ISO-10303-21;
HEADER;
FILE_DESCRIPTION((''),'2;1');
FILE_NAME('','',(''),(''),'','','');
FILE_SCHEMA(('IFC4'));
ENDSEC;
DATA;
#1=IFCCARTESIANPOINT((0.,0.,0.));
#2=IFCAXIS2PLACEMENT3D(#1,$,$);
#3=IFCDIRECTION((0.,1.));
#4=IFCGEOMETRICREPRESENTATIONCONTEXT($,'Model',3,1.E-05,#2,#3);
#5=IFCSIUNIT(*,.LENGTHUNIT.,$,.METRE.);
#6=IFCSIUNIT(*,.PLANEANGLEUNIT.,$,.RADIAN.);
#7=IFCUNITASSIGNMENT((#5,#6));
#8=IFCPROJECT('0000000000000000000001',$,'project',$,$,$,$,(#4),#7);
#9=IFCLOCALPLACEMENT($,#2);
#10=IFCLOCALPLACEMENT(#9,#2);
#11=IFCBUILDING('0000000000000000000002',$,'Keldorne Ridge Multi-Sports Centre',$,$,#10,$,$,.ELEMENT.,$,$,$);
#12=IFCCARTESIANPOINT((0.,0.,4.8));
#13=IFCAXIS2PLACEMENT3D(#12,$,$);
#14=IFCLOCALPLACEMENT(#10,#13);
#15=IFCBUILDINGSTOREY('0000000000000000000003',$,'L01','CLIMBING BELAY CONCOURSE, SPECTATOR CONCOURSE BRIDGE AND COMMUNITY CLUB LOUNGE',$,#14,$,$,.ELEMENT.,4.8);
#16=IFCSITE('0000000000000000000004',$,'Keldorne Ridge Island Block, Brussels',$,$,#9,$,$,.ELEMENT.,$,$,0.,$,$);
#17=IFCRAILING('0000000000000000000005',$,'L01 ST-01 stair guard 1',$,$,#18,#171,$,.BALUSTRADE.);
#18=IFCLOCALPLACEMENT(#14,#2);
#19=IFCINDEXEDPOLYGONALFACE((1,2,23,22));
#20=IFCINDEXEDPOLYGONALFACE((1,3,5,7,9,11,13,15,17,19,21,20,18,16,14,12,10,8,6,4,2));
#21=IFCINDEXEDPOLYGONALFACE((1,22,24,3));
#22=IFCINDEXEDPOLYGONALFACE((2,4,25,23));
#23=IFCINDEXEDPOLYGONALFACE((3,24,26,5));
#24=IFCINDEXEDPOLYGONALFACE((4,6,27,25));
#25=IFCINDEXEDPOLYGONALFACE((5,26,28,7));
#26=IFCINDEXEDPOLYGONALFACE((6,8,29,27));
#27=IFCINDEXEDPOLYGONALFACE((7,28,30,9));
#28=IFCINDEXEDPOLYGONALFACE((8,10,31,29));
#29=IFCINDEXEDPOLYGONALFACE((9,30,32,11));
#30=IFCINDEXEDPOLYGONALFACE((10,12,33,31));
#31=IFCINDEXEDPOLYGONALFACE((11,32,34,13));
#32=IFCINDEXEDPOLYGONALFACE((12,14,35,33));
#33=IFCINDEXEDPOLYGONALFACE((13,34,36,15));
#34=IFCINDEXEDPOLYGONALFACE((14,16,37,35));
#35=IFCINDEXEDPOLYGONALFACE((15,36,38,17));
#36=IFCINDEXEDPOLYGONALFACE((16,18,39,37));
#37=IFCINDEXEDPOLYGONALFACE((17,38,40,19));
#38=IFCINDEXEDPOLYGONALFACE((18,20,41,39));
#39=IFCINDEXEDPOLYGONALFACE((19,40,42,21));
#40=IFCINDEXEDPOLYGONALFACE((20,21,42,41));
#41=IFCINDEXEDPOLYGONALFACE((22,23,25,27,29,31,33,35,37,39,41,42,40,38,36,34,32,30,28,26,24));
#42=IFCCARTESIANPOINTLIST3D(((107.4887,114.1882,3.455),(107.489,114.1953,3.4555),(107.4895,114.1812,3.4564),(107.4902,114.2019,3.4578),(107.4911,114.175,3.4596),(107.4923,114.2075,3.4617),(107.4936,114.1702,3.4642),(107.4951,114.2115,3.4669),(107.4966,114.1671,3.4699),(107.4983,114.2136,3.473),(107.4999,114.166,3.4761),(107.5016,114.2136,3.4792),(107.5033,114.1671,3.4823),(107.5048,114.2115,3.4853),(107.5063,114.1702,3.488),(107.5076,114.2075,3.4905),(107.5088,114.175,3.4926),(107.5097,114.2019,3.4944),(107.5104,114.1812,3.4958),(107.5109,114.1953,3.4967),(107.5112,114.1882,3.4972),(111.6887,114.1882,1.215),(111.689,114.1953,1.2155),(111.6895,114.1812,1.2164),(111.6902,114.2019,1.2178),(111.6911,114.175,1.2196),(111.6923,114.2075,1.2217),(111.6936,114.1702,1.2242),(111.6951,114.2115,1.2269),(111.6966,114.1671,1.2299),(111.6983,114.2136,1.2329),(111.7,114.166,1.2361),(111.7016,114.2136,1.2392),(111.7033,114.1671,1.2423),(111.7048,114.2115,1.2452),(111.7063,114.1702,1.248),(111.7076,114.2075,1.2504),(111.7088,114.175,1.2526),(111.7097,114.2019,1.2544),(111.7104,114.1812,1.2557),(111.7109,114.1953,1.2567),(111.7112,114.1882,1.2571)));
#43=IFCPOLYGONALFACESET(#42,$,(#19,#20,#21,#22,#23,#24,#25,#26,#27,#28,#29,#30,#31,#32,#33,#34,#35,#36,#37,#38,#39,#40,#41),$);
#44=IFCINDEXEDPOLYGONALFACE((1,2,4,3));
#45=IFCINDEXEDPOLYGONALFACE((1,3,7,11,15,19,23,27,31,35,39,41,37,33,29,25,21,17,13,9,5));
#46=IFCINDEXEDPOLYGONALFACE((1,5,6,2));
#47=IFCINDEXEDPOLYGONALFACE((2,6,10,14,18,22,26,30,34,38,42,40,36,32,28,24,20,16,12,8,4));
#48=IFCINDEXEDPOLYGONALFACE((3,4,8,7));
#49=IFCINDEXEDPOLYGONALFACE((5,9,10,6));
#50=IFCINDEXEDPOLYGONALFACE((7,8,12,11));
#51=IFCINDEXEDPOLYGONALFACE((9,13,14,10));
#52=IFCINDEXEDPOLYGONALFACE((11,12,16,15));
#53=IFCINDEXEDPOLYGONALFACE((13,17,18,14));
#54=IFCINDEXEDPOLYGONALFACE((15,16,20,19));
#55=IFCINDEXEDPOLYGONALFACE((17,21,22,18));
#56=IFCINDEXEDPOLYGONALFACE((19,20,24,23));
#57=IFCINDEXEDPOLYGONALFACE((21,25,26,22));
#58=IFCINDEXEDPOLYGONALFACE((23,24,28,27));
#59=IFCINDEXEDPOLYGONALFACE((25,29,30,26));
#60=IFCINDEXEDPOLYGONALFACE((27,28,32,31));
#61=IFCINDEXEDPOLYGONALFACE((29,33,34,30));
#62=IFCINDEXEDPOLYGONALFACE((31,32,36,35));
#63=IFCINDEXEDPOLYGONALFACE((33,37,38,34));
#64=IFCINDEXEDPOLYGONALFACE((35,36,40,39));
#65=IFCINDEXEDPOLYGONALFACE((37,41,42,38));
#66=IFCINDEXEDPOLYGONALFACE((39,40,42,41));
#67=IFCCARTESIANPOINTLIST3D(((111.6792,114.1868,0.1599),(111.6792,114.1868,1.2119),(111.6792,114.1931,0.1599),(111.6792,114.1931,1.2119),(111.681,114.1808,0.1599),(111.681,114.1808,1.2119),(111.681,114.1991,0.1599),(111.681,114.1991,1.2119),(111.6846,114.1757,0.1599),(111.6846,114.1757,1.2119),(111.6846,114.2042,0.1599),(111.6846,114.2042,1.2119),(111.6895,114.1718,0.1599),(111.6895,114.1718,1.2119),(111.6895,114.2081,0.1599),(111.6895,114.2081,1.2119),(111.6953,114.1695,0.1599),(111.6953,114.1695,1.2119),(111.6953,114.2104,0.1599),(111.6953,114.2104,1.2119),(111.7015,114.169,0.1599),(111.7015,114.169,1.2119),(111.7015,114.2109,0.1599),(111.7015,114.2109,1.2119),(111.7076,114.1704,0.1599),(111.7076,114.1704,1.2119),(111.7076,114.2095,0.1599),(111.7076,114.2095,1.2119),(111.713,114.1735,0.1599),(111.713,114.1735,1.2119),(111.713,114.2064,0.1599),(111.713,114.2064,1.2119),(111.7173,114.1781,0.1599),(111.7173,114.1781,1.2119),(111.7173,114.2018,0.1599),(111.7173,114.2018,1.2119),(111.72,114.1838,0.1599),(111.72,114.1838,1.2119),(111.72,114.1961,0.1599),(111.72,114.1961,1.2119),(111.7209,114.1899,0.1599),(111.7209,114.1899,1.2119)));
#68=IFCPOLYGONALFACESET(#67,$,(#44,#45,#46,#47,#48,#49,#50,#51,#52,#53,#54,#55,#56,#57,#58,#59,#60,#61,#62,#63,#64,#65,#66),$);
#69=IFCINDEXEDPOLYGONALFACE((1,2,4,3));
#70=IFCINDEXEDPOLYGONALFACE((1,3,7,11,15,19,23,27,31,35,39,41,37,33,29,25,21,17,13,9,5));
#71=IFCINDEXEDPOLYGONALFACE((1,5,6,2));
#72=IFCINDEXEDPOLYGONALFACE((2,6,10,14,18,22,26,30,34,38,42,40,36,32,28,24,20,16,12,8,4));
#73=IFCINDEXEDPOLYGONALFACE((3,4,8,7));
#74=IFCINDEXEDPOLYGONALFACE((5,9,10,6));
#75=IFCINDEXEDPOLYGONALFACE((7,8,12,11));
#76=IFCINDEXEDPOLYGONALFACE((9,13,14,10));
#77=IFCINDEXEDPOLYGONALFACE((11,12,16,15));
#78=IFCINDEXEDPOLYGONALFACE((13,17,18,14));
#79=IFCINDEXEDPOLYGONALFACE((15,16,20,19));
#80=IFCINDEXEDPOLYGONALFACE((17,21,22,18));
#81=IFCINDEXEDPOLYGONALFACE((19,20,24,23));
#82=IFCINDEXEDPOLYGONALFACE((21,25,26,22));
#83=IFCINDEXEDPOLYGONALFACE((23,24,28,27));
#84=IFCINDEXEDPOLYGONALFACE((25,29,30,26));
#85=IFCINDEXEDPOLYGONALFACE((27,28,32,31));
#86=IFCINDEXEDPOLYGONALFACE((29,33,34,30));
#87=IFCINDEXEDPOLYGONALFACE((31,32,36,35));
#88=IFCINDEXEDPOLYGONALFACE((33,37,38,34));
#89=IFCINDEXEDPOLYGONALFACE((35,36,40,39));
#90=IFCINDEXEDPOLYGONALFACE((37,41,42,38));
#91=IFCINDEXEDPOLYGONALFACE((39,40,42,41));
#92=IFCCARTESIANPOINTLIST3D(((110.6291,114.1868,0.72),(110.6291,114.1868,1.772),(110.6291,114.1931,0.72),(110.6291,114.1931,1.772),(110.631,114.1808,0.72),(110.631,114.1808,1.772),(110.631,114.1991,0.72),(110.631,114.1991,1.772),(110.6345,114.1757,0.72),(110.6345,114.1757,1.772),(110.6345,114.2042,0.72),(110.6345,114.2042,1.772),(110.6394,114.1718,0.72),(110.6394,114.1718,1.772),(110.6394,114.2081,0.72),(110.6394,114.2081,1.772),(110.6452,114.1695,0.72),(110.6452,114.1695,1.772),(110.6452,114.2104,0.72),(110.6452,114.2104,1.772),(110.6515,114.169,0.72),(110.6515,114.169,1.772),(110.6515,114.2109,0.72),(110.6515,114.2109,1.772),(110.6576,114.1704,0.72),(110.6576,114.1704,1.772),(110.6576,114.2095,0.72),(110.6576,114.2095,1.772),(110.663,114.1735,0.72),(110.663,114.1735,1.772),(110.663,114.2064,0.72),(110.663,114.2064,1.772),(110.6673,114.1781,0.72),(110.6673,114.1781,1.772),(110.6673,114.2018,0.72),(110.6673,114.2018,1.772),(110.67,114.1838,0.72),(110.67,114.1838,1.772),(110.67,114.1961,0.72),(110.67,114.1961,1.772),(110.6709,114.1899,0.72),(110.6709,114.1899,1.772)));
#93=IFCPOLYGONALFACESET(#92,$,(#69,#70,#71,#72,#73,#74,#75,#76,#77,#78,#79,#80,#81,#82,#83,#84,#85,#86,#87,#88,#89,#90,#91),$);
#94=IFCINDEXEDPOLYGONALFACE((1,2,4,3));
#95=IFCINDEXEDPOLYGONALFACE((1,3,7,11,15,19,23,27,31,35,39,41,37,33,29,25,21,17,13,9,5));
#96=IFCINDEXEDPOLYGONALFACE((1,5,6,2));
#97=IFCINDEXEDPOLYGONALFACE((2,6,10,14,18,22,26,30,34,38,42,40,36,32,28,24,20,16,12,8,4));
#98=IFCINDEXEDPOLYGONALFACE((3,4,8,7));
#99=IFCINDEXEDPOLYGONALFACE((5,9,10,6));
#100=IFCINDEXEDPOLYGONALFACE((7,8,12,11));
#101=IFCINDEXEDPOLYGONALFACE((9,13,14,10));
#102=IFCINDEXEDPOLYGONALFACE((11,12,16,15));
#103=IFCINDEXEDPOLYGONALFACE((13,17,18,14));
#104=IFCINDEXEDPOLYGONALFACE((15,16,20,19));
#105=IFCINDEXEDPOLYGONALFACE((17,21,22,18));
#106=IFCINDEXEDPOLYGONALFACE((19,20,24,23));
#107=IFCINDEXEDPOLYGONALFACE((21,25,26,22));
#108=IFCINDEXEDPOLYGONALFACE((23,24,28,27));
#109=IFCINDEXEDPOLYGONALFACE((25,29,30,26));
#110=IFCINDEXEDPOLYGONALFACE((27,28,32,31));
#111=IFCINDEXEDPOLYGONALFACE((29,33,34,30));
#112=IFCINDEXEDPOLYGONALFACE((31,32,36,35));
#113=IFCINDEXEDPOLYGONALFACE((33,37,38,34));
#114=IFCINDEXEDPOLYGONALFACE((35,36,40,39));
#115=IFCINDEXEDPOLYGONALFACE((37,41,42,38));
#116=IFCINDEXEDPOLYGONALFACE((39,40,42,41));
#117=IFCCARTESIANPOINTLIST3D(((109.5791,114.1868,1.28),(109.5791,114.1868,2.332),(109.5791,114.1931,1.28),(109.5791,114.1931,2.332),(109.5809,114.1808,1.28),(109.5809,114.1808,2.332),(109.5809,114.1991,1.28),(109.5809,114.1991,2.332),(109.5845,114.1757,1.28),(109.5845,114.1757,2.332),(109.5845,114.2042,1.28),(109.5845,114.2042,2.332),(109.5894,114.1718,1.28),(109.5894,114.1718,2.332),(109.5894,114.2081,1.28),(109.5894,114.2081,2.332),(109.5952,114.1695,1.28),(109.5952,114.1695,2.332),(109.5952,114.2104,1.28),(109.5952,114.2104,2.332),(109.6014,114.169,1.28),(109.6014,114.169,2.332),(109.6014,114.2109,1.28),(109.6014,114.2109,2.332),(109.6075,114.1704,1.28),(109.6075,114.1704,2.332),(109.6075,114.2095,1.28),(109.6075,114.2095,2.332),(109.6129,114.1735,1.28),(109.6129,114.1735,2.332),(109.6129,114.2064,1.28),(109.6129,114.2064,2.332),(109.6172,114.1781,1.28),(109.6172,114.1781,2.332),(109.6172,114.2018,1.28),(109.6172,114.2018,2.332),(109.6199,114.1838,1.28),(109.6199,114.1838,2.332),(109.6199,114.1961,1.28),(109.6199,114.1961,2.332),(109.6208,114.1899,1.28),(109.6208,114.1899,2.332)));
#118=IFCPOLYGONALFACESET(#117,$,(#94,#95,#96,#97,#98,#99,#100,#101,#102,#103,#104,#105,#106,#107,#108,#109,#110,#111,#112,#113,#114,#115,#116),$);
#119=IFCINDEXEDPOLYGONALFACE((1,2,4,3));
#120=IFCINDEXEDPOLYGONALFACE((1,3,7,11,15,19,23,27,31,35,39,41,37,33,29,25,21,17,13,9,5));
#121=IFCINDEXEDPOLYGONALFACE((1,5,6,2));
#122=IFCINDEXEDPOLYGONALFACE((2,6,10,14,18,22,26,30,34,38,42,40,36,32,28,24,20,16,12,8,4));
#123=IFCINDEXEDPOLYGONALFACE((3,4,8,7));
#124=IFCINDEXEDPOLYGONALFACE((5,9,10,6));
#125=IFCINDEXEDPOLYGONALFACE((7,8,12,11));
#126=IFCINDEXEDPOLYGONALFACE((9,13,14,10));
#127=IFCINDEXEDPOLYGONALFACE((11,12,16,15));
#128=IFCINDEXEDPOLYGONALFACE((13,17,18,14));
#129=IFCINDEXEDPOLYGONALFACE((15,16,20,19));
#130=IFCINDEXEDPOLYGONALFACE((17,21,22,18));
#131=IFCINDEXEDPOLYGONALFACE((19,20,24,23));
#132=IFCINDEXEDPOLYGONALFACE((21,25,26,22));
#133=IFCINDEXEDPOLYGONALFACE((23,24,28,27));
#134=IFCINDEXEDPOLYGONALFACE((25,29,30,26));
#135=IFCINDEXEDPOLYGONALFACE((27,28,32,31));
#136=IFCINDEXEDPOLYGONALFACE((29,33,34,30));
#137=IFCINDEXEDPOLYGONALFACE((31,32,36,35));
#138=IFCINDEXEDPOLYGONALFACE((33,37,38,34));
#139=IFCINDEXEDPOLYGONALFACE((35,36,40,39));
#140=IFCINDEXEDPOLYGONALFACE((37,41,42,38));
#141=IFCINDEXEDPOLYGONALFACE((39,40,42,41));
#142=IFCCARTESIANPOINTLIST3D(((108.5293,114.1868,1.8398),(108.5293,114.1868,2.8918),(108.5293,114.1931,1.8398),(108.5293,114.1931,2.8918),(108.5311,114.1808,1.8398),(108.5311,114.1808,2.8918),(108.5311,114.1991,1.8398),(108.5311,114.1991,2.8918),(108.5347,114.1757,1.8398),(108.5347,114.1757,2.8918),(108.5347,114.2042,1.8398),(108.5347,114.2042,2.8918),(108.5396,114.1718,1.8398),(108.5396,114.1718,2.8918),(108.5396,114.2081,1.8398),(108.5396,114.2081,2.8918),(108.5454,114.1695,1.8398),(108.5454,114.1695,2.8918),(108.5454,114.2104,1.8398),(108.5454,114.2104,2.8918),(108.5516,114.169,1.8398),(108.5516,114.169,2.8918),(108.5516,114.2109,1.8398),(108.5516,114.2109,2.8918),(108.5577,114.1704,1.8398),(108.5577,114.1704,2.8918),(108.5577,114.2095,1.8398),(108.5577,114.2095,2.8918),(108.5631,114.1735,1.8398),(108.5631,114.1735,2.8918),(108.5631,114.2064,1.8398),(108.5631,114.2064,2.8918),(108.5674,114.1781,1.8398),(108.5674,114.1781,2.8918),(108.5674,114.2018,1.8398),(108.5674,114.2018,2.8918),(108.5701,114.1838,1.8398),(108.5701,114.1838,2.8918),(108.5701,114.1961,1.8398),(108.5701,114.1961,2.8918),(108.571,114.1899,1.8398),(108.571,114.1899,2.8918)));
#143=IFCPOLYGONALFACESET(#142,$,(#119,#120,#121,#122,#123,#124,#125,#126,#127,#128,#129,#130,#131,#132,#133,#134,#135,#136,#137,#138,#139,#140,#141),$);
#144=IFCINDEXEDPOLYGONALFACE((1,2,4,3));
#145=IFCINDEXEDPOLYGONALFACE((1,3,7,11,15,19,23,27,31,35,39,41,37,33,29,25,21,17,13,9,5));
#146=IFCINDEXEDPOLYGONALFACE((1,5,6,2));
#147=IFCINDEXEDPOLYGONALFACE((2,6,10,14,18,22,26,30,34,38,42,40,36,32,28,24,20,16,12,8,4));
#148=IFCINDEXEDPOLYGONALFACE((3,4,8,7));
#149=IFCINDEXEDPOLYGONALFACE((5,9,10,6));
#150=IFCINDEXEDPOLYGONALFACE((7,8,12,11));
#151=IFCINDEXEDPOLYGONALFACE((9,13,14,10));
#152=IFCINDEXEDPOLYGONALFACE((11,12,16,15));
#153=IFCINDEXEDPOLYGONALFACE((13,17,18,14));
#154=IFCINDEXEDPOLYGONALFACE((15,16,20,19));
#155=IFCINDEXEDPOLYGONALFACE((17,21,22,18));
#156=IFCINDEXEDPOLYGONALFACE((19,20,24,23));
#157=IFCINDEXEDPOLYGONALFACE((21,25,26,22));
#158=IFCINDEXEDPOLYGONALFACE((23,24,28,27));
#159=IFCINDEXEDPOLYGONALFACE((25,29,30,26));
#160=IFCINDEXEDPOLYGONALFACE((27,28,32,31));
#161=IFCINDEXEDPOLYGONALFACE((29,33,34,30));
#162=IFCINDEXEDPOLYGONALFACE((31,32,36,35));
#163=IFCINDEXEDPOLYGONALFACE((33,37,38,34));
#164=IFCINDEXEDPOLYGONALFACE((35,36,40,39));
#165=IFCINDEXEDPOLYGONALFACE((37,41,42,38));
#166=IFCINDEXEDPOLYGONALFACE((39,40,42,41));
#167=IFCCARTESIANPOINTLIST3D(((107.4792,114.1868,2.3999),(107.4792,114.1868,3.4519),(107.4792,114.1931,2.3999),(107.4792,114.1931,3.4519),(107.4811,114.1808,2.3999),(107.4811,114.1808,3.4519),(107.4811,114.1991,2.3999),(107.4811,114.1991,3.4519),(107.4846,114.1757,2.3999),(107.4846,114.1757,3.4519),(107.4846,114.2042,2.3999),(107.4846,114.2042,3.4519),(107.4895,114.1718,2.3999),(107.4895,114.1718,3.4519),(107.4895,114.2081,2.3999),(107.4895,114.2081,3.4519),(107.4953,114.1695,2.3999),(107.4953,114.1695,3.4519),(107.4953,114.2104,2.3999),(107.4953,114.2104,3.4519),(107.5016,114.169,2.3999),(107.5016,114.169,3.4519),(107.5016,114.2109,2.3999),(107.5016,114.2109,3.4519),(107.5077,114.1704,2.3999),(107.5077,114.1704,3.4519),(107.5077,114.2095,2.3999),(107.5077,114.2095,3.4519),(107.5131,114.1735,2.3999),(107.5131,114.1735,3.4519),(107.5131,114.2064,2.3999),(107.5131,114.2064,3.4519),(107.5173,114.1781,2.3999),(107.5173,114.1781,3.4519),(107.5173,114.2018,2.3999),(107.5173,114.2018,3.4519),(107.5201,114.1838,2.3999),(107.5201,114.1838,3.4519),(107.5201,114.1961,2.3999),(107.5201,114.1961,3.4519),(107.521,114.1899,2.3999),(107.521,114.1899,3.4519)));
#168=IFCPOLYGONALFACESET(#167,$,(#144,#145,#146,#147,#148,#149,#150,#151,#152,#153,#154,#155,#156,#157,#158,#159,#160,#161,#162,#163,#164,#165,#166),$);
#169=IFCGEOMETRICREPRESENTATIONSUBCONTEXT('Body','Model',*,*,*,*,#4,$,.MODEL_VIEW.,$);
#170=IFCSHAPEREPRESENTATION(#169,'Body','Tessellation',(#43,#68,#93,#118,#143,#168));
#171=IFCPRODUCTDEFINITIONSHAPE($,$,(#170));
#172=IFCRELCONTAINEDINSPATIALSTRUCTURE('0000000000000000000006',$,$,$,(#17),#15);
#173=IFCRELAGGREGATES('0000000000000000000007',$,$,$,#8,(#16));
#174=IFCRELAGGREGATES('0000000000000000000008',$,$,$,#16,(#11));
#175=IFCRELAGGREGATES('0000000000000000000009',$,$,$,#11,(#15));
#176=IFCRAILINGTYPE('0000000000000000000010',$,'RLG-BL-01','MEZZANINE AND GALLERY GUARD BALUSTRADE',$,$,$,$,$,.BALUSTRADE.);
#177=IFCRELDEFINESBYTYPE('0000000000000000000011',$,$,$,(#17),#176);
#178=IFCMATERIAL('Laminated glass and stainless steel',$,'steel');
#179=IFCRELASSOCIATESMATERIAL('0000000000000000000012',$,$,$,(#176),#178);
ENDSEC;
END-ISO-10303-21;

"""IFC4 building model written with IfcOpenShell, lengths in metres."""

from ifc_helpers import new_model, si_unit, direction, frame, origin, origin_2d, place, context, subcontext, project, spatial, circle, extrude, material, type_object, element, save


model = new_model("IFC4")

# Units and contexts
model_context = context("Model", 3, precision=1e-05, world=origin(), true_north=direction((0.0, 1.0)))
body_context = subcontext(model_context, "Body", "Model", "MODEL_VIEW")
ifc_project = project(units=[si_unit("LENGTHUNIT", "METRE"), si_unit("PLANEANGLEUNIT", "RADIAN")], contexts=[model_context])

# Site, building, storey
site_placement = place(None, origin())
site = spatial("IfcSite", under=ifc_project, at=site_placement, Name="Keldorne Ridge Island Block, Brussels", CompositionType="ELEMENT", RefElevation=0.0)
building_placement = place(site_placement, origin())
building = spatial("IfcBuilding", under=site, at=building_placement, Name="Keldorne Ridge Multi-Sports Centre", CompositionType="ELEMENT")
storey_placement = place(building_placement, frame((0.0, 0.0, 4.8)))
storey = spatial("IfcBuildingStorey", under=building, at=storey_placement, Name="L01", Description="CLIMBING BELAY CONCOURSE, SPECTATOR CONCOURSE BRIDGE AND COMMUNITY CLUB LOUNGE", CompositionType="ELEMENT", Elevation=4.8)

# Railing
ifc_material_1 = material(Name="Laminated glass and stainless steel", Category="steel")
railing_type_1 = type_object("IfcRailingType", Name="RLG-BL-01", Description="MEZZANINE AND GALLERY GUARD BALUSTRADE", PredefinedType="BALUSTRADE", material=ifc_material_1)
railing_1_placement = place(storey_placement, frame((111.7, 114.1899, 0.1599)))
element("IfcRailing", 1, at=railing_1_placement, inside=storey, type_object=railing_type_1, Name="L01 ST-01 stair guard 1", PredefinedType="BALUSTRADE", context=body_context, shape_type="SweptSolid", body=[
    extrude(circle(Radius=0.0239, at=origin_2d()), frame((0.0, 0.0, 1.0762), z_axis=(-0.882352, 0.0, 0.470591), x_axis=(0.0, -1.0, 0.0)), (0.0, 0.0, 1.0), 4.76),
    extrude(circle(Radius=0.021, at=origin_2d()), origin(), (0.0, 0.0, 1.0), 1.052),
    extrude(circle(Radius=0.021, at=origin_2d()), frame((-1.05, 0.0, 0.5601)), (0.0, 0.0, 1.0), 1.052),
    extrude(circle(Radius=0.021, at=origin_2d()), frame((-2.1001, 0.0, 1.1201)), (0.0, 0.0, 1.0), 1.052),
    extrude(circle(Radius=0.021, at=origin_2d()), frame((-3.1499, 0.0, 1.6799)), (0.0, 0.0, 1.0), 1.052),
    extrude(circle(Radius=0.021, at=origin_2d()), frame((-4.2, 0.0, 2.24)), (0.0, 0.0, 1.0), 1.052),
])

save(model, "model.ifc")
